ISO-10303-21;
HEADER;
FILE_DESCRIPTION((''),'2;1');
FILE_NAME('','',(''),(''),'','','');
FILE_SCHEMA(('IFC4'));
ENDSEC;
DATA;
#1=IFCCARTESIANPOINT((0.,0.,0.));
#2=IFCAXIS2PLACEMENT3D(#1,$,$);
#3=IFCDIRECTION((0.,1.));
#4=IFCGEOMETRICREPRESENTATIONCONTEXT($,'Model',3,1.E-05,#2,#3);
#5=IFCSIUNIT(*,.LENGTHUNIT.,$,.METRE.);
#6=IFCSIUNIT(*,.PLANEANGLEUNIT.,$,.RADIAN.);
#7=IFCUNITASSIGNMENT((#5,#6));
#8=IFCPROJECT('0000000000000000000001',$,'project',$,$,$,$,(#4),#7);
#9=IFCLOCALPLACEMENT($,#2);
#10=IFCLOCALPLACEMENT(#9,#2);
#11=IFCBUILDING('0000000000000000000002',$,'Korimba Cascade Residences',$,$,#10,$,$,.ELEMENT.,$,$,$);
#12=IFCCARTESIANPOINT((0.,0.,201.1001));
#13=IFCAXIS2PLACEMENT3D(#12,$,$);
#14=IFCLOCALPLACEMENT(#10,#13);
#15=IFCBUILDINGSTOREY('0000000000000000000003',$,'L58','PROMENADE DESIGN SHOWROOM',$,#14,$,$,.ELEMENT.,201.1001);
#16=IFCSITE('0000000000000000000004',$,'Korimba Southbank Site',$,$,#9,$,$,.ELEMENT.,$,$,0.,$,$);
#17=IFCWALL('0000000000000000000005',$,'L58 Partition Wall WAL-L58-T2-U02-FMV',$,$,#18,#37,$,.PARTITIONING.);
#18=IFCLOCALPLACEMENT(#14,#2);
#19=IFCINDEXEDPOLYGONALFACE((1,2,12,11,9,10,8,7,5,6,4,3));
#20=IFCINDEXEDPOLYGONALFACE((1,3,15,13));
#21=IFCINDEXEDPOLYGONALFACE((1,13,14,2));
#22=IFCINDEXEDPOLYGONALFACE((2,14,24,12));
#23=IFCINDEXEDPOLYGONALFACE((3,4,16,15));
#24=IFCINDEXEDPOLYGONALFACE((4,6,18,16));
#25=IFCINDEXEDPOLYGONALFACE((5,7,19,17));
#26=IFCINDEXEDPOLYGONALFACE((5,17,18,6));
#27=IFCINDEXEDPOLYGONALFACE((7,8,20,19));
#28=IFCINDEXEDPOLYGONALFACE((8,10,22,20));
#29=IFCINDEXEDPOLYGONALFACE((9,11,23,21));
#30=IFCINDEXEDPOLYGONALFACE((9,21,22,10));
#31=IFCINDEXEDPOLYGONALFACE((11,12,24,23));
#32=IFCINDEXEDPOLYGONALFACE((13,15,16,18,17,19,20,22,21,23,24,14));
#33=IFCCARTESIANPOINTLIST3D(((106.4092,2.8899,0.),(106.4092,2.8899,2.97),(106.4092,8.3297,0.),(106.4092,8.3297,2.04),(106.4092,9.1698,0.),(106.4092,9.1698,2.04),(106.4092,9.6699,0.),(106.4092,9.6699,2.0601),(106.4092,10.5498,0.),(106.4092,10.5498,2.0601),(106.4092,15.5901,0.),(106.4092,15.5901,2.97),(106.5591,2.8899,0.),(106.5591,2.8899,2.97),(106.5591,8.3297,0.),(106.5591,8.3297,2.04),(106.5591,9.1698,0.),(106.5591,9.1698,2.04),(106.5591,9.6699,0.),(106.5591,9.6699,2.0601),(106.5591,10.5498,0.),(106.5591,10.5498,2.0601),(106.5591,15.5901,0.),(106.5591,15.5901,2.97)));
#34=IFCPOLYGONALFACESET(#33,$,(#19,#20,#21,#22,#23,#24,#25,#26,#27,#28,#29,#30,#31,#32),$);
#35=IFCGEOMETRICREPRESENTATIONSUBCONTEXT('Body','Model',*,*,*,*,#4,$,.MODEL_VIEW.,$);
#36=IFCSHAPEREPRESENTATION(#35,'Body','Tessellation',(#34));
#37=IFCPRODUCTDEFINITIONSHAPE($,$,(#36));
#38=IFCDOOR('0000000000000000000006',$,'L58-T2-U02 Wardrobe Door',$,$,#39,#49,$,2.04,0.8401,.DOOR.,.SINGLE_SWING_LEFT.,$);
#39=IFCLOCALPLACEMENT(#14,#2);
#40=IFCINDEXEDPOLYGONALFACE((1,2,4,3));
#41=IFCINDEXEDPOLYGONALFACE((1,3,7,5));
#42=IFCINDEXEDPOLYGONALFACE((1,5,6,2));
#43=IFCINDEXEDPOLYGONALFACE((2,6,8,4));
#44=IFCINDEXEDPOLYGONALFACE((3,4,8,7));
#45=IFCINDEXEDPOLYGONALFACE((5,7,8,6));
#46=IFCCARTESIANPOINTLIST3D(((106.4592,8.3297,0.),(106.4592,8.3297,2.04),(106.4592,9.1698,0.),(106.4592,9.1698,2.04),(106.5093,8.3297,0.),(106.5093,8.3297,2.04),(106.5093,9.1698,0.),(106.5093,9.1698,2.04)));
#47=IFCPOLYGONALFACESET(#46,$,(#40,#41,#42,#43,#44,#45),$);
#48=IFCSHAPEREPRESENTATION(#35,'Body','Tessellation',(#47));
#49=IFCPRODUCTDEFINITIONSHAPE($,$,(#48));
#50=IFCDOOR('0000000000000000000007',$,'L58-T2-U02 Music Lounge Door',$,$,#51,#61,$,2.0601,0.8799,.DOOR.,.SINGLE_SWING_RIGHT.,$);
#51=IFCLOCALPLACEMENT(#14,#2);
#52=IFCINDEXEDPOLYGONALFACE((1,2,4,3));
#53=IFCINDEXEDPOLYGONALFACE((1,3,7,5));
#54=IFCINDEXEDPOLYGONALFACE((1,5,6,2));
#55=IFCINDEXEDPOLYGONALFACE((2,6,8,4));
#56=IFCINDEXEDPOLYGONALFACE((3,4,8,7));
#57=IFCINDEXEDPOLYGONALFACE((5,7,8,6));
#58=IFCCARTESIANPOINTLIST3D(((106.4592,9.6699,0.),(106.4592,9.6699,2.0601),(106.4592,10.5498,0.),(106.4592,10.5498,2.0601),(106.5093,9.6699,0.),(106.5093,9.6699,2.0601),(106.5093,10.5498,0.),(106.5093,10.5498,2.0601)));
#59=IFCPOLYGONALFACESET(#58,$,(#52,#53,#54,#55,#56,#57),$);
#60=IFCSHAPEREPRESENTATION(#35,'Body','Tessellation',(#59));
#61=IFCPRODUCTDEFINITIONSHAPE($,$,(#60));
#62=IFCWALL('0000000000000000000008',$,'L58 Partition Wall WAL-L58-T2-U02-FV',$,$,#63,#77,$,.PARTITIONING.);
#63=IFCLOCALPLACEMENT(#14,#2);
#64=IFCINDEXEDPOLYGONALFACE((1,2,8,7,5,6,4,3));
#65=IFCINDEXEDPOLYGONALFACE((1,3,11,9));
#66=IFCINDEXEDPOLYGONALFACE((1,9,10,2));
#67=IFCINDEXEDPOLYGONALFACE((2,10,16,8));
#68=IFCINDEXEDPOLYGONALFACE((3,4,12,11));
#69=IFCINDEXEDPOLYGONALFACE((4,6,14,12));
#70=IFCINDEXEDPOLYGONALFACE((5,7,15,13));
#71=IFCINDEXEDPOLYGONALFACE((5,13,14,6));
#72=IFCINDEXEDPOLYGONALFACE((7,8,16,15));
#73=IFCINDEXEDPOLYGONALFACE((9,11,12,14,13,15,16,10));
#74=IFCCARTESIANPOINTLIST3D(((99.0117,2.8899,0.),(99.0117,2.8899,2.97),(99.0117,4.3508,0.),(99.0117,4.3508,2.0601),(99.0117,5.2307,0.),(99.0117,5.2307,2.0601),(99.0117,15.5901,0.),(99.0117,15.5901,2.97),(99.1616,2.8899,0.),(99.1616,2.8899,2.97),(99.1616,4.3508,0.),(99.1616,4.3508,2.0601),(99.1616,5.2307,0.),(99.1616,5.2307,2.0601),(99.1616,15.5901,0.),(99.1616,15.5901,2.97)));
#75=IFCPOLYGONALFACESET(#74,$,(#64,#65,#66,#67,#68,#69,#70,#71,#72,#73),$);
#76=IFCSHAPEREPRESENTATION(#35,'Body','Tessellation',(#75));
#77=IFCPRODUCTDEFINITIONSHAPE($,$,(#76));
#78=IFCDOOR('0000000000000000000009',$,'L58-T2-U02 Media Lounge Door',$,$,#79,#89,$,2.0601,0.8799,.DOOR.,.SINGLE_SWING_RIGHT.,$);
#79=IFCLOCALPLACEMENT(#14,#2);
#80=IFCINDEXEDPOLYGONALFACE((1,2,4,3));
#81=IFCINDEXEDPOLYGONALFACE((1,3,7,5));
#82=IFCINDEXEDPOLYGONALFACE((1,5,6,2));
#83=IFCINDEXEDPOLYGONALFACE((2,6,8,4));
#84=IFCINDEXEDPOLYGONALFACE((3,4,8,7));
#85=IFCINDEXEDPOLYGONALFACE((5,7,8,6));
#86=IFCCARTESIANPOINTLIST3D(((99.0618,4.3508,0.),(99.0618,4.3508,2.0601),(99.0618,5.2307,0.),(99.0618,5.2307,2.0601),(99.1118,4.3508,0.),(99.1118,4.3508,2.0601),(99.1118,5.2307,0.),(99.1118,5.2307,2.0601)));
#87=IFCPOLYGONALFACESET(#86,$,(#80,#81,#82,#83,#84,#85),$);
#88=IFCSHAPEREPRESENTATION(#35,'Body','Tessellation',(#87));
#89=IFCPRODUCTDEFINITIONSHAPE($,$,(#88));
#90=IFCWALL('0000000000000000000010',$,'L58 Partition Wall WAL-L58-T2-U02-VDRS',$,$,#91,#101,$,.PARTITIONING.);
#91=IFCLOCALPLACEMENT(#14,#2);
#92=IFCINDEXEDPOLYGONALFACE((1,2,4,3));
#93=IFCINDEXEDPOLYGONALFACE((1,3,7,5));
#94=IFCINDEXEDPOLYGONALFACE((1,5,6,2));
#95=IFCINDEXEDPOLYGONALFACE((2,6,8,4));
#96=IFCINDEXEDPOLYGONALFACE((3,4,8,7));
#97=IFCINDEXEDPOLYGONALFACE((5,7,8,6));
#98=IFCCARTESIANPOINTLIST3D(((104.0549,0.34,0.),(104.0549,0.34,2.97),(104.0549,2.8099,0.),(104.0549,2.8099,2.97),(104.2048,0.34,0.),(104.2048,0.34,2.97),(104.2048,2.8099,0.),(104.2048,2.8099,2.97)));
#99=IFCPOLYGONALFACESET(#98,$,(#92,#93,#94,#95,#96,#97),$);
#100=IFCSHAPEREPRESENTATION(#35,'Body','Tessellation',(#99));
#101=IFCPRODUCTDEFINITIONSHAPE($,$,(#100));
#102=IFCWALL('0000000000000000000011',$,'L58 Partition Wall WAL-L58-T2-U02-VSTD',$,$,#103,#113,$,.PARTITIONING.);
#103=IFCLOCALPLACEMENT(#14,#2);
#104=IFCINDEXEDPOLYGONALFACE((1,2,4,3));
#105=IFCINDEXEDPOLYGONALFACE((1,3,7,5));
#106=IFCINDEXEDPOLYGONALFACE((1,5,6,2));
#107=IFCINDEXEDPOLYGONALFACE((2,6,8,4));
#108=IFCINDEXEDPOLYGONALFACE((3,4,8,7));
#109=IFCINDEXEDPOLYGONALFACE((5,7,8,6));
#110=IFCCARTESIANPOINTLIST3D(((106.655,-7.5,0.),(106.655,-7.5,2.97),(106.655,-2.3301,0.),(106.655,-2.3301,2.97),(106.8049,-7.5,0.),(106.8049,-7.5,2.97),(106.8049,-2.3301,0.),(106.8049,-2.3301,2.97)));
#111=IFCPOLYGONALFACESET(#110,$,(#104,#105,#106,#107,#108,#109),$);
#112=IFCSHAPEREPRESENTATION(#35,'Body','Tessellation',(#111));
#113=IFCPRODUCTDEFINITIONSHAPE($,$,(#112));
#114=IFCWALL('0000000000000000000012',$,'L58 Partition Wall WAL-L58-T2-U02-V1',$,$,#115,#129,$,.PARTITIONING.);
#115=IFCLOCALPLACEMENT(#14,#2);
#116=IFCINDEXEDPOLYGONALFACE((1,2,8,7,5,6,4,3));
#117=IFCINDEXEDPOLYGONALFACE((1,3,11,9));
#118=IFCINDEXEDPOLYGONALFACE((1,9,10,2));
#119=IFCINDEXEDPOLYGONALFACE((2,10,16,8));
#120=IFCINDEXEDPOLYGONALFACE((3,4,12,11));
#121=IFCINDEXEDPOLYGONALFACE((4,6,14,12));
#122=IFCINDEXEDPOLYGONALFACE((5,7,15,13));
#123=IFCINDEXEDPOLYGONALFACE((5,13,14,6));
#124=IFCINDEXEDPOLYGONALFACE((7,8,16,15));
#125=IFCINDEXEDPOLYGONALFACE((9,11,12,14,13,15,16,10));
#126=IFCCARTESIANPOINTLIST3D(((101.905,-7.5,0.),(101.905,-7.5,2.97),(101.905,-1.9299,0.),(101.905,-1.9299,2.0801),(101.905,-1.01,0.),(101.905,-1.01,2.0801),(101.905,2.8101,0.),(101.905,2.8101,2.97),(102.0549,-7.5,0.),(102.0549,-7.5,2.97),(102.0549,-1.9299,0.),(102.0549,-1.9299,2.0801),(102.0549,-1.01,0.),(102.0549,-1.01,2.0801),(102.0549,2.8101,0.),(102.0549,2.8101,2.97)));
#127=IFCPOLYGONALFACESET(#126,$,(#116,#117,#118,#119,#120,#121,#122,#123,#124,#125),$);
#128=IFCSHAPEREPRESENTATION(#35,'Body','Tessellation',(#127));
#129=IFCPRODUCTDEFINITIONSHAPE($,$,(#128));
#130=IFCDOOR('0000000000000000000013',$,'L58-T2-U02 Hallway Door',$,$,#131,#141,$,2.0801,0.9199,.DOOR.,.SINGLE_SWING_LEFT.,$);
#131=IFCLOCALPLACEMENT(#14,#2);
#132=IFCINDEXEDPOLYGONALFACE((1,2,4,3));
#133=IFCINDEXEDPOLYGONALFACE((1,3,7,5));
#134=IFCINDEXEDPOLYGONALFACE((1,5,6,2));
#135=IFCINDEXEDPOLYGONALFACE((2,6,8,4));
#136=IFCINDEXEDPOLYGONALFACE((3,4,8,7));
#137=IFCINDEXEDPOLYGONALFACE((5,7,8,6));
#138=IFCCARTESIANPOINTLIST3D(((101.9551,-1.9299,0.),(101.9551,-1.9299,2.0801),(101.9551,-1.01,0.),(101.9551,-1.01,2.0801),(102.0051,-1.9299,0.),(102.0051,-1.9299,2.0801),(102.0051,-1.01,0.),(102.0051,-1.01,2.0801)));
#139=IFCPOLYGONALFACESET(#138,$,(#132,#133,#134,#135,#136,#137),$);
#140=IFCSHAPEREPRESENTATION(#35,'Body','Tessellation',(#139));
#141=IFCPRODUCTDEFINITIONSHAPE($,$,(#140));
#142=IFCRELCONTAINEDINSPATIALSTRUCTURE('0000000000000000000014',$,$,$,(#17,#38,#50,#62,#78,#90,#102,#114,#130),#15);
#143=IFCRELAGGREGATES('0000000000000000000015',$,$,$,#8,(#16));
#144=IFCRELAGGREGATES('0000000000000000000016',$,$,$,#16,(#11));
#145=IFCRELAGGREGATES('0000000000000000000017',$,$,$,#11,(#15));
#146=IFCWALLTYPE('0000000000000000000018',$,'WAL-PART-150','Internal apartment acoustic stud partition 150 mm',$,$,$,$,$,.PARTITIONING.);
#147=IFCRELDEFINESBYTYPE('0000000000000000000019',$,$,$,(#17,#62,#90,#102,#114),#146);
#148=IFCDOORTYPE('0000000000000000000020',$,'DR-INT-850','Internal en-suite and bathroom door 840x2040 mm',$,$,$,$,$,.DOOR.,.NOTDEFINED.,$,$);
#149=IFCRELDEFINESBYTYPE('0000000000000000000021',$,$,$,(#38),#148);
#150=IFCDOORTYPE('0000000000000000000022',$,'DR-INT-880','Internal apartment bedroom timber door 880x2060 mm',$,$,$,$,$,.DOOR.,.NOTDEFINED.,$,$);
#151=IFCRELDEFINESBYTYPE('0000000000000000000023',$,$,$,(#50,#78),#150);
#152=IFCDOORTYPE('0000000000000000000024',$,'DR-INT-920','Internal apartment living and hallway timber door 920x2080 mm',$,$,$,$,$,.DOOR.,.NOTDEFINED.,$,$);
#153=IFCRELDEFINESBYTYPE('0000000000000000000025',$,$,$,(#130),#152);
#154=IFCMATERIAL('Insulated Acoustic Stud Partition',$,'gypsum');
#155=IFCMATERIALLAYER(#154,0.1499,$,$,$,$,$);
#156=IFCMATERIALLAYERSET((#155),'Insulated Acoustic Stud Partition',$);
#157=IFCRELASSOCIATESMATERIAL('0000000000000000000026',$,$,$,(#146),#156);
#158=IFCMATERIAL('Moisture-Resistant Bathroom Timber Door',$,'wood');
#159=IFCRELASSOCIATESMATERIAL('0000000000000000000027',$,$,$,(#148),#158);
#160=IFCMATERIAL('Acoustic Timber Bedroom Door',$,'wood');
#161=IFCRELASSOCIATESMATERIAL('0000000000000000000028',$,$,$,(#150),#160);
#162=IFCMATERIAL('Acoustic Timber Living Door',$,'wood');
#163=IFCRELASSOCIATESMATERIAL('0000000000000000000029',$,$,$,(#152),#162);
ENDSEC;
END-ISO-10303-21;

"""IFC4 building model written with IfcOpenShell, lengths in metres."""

from ifc_helpers import new_model, si_unit, direction, frame, frame_2d, origin, place, context, subcontext, project, spatial, rectangle, extrude, material, layer, layer_set, type_object, element, fill, save


model = new_model("IFC4")

# Units and contexts
model_context = context("Model", 3, precision=1e-05, world=origin(), true_north=direction((0.0, 1.0)))
body_context = subcontext(model_context, "Body", "Model", "MODEL_VIEW")
ifc_project = project(units=[si_unit("LENGTHUNIT", "METRE"), si_unit("PLANEANGLEUNIT", "RADIAN")], contexts=[model_context])

# Site, building, storey
site_placement = place(None, origin())
site = spatial("IfcSite", under=ifc_project, at=site_placement, Name="Korimba Southbank Site", CompositionType="ELEMENT", RefElevation=0.0)
building_placement = place(site_placement, origin())
building = spatial("IfcBuilding", under=site, at=building_placement, Name="Korimba Cascade Residences", CompositionType="ELEMENT")
storey_placement = place(building_placement, frame((0.0, 0.0, 201.1001)))
storey = spatial("IfcBuildingStorey", under=building, at=storey_placement, Name="L58", Description="PROMENADE DESIGN SHOWROOM", CompositionType="ELEMENT", Elevation=201.1001)

# Wall, openings, doors
ifc_material_1 = material(Name="Insulated Acoustic Stud Partition", Category="gypsum")
ifc_layer = layer(ifc_material_1, 0.1499)
ifc_layer_set = layer_set([ifc_layer], Name="Insulated Acoustic Stud Partition")
wall_type = type_object("IfcWallType", Name="WAL-PART-150", Description="Internal apartment acoustic stud partition 150 mm", PredefinedType="PARTITIONING", material=ifc_layer_set)
wall_1_placement = place(storey_placement, frame((106.4841, 2.8899, 0.0), z_axis=(0.0, 0.0, 1.0), x_axis=(0.0, 1.0, 0.0)))
wall_1 = element("IfcWall", 1, at=wall_1_placement, inside=storey, type_object=wall_type, Name="L58 Partition Wall WAL-L58-T2-U02-FMV", PredefinedType="PARTITIONING", context=body_context, shape_type="SweptSolid", body=[
    extrude(rectangle(XDim=12.7002, YDim=0.1499, at=frame_2d((6.3501, 0.0))), origin(), (0.0, 0.0, 1.0), 2.97),
])
opening_1_placement = place(wall_1_placement, frame((5.4399, 0.0, 0.0)))
opening_1 = element("IfcOpeningElement", 2, at=opening_1_placement, cuts=wall_1, PredefinedType="OPENING", context=body_context, shape_type="SweptSolid", body=[
    extrude(rectangle(XDim=0.8401, YDim=2.04, at=frame_2d((0.4199, 1.02))), frame((0.0, 0.085, 0.0), z_axis=(0.0, -1.0, 0.0), x_axis=(1.0, 0.0, 0.0)), (0.0, 0.0, 1.0), 0.1699),
])
opening_2_placement = place(wall_1_placement, frame((6.78, 0.0, 0.0)))
opening_2 = element("IfcOpeningElement", 3, at=opening_2_placement, cuts=wall_1, PredefinedType="OPENING", context=body_context, shape_type="SweptSolid", body=[
    extrude(rectangle(XDim=0.8799, YDim=2.0601, at=frame_2d((0.4399, 1.03))), frame((0.0, 0.085, 0.0), z_axis=(0.0, -1.0, 0.0), x_axis=(1.0, 0.0, 0.0)), (0.0, 0.0, 1.0), 0.1699),
])
ifc_material_2 = material(Name="Moisture-Resistant Bathroom Timber Door", Category="wood")
door_type_1 = type_object("IfcDoorType", Name="DR-INT-850", Description="Internal en-suite and bathroom door 840x2040 mm", OperationType="NOTDEFINED", PredefinedType="DOOR", material=ifc_material_2)
door_1_placement = place(opening_1_placement, origin())
door_1 = element("IfcDoor", 4, at=door_1_placement, inside=storey, type_object=door_type_1, Name="L58-T2-U02 Wardrobe Door", OperationType="SINGLE_SWING_LEFT", OverallHeight=2.04, OverallWidth=0.8401, PredefinedType="DOOR", context=body_context, shape_type="SweptSolid", body=[
    extrude(rectangle(XDim=0.8401, YDim=2.04, at=frame_2d((0.4199, 1.02))), frame((0.0, 0.0249, 0.0), z_axis=(0.0, -1.0, 0.0), x_axis=(1.0, 0.0, 0.0)), (0.0, 0.0, 1.0), 0.05),
])
fill(opening_1, door_1)
ifc_material_3 = material(Name="Acoustic Timber Bedroom Door", Category="wood")
door_type_2 = type_object("IfcDoorType", Name="DR-INT-880", Description="Internal apartment bedroom timber door 880x2060 mm", OperationType="NOTDEFINED", PredefinedType="DOOR", material=ifc_material_3)
door_2_placement = place(opening_2_placement, origin())
door_2 = element("IfcDoor", 5, at=door_2_placement, inside=storey, type_object=door_type_2, Name="L58-T2-U02 Music Lounge Door", OperationType="SINGLE_SWING_RIGHT", OverallHeight=2.0601, OverallWidth=0.8799, PredefinedType="DOOR", context=body_context, shape_type="SweptSolid", body=[
    extrude(rectangle(XDim=0.8799, YDim=2.0601, at=frame_2d((0.4399, 1.03))), frame((0.0, 0.0249, 0.0), z_axis=(0.0, -1.0, 0.0), x_axis=(1.0, 0.0, 0.0)), (0.0, 0.0, 1.0), 0.05),
])
fill(opening_2, door_2)

# Wall, opening, door
wall_2_placement = place(storey_placement, frame((99.0867, 2.8899, 0.0), z_axis=(0.0, 0.0, 1.0), x_axis=(0.0, 1.0, 0.0)))
wall_2 = element("IfcWall", 6, at=wall_2_placement, inside=storey, type_object=wall_type, Name="L58 Partition Wall WAL-L58-T2-U02-FV", PredefinedType="PARTITIONING", context=body_context, shape_type="SweptSolid", body=[
    extrude(rectangle(XDim=12.7002, YDim=0.1499, at=frame_2d((6.3501, 0.0))), origin(), (0.0, 0.0, 1.0), 2.97),
])
opening_3_placement = place(wall_2_placement, frame((1.4609, 0.0, 0.0)))
opening_3 = element("IfcOpeningElement", 7, at=opening_3_placement, cuts=wall_2, PredefinedType="OPENING", context=body_context, shape_type="SweptSolid", body=[
    extrude(rectangle(XDim=0.8799, YDim=2.0601, at=frame_2d((0.4399, 1.03))), frame((0.0, 0.085, 0.0), z_axis=(0.0, -1.0, 0.0), x_axis=(1.0, 0.0, 0.0)), (0.0, 0.0, 1.0), 0.1699),
])
door_3_placement = place(opening_3_placement, origin())
door_3 = element("IfcDoor", 8, at=door_3_placement, inside=storey, type_object=door_type_2, Name="L58-T2-U02 Media Lounge Door", OperationType="SINGLE_SWING_RIGHT", OverallHeight=2.0601, OverallWidth=0.8799, PredefinedType="DOOR", context=body_context, shape_type="SweptSolid", body=[
    extrude(rectangle(XDim=0.8799, YDim=2.0601, at=frame_2d((0.4399, 1.03))), frame((0.0, 0.0249, 0.0), z_axis=(0.0, -1.0, 0.0), x_axis=(1.0, 0.0, 0.0)), (0.0, 0.0, 1.0), 0.05),
])
fill(opening_3, door_3)

# Walls
wall_3_placement = place(storey_placement, frame((104.1299, 0.3401, 0.0), z_axis=(0.0, 0.0, 1.0), x_axis=(0.0, 1.0, 0.0)))
element("IfcWall", 9, at=wall_3_placement, inside=storey, type_object=wall_type, Name="L58 Partition Wall WAL-L58-T2-U02-VDRS", PredefinedType="PARTITIONING", context=body_context, shape_type="SweptSolid", body=[
    extrude(rectangle(XDim=2.47, YDim=0.1499, at=frame_2d((1.2349, 0.0))), origin(), (0.0, 0.0, 1.0), 2.97),
])
wall_4_placement = place(storey_placement, frame((106.73, -7.5, 0.0), z_axis=(0.0, 0.0, 1.0), x_axis=(0.0, 1.0, 0.0)))
element("IfcWall", 10, at=wall_4_placement, inside=storey, type_object=wall_type, Name="L58 Partition Wall WAL-L58-T2-U02-VSTD", PredefinedType="PARTITIONING", context=body_context, shape_type="SweptSolid", body=[
    extrude(rectangle(XDim=5.1699, YDim=0.1499, at=frame_2d((2.585, 0.0))), origin(), (0.0, 0.0, 1.0), 2.97),
])

# Wall, opening, door
wall_5_placement = place(storey_placement, frame((101.98, -7.5, 0.0), z_axis=(0.0, 0.0, 1.0), x_axis=(0.0, 1.0, 0.0)))
wall_5 = element("IfcWall", 11, at=wall_5_placement, inside=storey, type_object=wall_type, Name="L58 Partition Wall WAL-L58-T2-U02-V1", PredefinedType="PARTITIONING", context=body_context, shape_type="SweptSolid", body=[
    extrude(rectangle(XDim=10.3101, YDim=0.1499, at=frame_2d((5.155, 0.0))), origin(), (0.0, 0.0, 1.0), 2.97),
])
opening_4_placement = place(wall_5_placement, frame((5.5701, 0.0, 0.0)))
opening_4 = element("IfcOpeningElement", 12, at=opening_4_placement, cuts=wall_5, PredefinedType="OPENING", context=body_context, shape_type="SweptSolid", body=[
    extrude(rectangle(XDim=0.9199, YDim=2.0801, at=frame_2d((0.46, 1.04))), frame((0.0, 0.085, 0.0), z_axis=(0.0, -1.0, 0.0), x_axis=(1.0, 0.0, 0.0)), (0.0, 0.0, 1.0), 0.1699),
])
ifc_material_4 = material(Name="Acoustic Timber Living Door", Category="wood")
door_type_3 = type_object("IfcDoorType", Name="DR-INT-920", Description="Internal apartment living and hallway timber door 920x2080 mm", OperationType="NOTDEFINED", PredefinedType="DOOR", material=ifc_material_4)
door_4_placement = place(opening_4_placement, origin())
door_4 = element("IfcDoor", 13, at=door_4_placement, inside=storey, type_object=door_type_3, Name="L58-T2-U02 Hallway Door", OperationType="SINGLE_SWING_LEFT", OverallHeight=2.0801, OverallWidth=0.9199, PredefinedType="DOOR", context=body_context, shape_type="SweptSolid", body=[
    extrude(rectangle(XDim=0.9199, YDim=2.0801, at=frame_2d((0.46, 1.04))), frame((0.0, 0.0249, 0.0), z_axis=(0.0, -1.0, 0.0), x_axis=(1.0, 0.0, 0.0)), (0.0, 0.0, 1.0), 0.05),
])
fill(opening_4, door_4)

save(model, "model.ifc")
